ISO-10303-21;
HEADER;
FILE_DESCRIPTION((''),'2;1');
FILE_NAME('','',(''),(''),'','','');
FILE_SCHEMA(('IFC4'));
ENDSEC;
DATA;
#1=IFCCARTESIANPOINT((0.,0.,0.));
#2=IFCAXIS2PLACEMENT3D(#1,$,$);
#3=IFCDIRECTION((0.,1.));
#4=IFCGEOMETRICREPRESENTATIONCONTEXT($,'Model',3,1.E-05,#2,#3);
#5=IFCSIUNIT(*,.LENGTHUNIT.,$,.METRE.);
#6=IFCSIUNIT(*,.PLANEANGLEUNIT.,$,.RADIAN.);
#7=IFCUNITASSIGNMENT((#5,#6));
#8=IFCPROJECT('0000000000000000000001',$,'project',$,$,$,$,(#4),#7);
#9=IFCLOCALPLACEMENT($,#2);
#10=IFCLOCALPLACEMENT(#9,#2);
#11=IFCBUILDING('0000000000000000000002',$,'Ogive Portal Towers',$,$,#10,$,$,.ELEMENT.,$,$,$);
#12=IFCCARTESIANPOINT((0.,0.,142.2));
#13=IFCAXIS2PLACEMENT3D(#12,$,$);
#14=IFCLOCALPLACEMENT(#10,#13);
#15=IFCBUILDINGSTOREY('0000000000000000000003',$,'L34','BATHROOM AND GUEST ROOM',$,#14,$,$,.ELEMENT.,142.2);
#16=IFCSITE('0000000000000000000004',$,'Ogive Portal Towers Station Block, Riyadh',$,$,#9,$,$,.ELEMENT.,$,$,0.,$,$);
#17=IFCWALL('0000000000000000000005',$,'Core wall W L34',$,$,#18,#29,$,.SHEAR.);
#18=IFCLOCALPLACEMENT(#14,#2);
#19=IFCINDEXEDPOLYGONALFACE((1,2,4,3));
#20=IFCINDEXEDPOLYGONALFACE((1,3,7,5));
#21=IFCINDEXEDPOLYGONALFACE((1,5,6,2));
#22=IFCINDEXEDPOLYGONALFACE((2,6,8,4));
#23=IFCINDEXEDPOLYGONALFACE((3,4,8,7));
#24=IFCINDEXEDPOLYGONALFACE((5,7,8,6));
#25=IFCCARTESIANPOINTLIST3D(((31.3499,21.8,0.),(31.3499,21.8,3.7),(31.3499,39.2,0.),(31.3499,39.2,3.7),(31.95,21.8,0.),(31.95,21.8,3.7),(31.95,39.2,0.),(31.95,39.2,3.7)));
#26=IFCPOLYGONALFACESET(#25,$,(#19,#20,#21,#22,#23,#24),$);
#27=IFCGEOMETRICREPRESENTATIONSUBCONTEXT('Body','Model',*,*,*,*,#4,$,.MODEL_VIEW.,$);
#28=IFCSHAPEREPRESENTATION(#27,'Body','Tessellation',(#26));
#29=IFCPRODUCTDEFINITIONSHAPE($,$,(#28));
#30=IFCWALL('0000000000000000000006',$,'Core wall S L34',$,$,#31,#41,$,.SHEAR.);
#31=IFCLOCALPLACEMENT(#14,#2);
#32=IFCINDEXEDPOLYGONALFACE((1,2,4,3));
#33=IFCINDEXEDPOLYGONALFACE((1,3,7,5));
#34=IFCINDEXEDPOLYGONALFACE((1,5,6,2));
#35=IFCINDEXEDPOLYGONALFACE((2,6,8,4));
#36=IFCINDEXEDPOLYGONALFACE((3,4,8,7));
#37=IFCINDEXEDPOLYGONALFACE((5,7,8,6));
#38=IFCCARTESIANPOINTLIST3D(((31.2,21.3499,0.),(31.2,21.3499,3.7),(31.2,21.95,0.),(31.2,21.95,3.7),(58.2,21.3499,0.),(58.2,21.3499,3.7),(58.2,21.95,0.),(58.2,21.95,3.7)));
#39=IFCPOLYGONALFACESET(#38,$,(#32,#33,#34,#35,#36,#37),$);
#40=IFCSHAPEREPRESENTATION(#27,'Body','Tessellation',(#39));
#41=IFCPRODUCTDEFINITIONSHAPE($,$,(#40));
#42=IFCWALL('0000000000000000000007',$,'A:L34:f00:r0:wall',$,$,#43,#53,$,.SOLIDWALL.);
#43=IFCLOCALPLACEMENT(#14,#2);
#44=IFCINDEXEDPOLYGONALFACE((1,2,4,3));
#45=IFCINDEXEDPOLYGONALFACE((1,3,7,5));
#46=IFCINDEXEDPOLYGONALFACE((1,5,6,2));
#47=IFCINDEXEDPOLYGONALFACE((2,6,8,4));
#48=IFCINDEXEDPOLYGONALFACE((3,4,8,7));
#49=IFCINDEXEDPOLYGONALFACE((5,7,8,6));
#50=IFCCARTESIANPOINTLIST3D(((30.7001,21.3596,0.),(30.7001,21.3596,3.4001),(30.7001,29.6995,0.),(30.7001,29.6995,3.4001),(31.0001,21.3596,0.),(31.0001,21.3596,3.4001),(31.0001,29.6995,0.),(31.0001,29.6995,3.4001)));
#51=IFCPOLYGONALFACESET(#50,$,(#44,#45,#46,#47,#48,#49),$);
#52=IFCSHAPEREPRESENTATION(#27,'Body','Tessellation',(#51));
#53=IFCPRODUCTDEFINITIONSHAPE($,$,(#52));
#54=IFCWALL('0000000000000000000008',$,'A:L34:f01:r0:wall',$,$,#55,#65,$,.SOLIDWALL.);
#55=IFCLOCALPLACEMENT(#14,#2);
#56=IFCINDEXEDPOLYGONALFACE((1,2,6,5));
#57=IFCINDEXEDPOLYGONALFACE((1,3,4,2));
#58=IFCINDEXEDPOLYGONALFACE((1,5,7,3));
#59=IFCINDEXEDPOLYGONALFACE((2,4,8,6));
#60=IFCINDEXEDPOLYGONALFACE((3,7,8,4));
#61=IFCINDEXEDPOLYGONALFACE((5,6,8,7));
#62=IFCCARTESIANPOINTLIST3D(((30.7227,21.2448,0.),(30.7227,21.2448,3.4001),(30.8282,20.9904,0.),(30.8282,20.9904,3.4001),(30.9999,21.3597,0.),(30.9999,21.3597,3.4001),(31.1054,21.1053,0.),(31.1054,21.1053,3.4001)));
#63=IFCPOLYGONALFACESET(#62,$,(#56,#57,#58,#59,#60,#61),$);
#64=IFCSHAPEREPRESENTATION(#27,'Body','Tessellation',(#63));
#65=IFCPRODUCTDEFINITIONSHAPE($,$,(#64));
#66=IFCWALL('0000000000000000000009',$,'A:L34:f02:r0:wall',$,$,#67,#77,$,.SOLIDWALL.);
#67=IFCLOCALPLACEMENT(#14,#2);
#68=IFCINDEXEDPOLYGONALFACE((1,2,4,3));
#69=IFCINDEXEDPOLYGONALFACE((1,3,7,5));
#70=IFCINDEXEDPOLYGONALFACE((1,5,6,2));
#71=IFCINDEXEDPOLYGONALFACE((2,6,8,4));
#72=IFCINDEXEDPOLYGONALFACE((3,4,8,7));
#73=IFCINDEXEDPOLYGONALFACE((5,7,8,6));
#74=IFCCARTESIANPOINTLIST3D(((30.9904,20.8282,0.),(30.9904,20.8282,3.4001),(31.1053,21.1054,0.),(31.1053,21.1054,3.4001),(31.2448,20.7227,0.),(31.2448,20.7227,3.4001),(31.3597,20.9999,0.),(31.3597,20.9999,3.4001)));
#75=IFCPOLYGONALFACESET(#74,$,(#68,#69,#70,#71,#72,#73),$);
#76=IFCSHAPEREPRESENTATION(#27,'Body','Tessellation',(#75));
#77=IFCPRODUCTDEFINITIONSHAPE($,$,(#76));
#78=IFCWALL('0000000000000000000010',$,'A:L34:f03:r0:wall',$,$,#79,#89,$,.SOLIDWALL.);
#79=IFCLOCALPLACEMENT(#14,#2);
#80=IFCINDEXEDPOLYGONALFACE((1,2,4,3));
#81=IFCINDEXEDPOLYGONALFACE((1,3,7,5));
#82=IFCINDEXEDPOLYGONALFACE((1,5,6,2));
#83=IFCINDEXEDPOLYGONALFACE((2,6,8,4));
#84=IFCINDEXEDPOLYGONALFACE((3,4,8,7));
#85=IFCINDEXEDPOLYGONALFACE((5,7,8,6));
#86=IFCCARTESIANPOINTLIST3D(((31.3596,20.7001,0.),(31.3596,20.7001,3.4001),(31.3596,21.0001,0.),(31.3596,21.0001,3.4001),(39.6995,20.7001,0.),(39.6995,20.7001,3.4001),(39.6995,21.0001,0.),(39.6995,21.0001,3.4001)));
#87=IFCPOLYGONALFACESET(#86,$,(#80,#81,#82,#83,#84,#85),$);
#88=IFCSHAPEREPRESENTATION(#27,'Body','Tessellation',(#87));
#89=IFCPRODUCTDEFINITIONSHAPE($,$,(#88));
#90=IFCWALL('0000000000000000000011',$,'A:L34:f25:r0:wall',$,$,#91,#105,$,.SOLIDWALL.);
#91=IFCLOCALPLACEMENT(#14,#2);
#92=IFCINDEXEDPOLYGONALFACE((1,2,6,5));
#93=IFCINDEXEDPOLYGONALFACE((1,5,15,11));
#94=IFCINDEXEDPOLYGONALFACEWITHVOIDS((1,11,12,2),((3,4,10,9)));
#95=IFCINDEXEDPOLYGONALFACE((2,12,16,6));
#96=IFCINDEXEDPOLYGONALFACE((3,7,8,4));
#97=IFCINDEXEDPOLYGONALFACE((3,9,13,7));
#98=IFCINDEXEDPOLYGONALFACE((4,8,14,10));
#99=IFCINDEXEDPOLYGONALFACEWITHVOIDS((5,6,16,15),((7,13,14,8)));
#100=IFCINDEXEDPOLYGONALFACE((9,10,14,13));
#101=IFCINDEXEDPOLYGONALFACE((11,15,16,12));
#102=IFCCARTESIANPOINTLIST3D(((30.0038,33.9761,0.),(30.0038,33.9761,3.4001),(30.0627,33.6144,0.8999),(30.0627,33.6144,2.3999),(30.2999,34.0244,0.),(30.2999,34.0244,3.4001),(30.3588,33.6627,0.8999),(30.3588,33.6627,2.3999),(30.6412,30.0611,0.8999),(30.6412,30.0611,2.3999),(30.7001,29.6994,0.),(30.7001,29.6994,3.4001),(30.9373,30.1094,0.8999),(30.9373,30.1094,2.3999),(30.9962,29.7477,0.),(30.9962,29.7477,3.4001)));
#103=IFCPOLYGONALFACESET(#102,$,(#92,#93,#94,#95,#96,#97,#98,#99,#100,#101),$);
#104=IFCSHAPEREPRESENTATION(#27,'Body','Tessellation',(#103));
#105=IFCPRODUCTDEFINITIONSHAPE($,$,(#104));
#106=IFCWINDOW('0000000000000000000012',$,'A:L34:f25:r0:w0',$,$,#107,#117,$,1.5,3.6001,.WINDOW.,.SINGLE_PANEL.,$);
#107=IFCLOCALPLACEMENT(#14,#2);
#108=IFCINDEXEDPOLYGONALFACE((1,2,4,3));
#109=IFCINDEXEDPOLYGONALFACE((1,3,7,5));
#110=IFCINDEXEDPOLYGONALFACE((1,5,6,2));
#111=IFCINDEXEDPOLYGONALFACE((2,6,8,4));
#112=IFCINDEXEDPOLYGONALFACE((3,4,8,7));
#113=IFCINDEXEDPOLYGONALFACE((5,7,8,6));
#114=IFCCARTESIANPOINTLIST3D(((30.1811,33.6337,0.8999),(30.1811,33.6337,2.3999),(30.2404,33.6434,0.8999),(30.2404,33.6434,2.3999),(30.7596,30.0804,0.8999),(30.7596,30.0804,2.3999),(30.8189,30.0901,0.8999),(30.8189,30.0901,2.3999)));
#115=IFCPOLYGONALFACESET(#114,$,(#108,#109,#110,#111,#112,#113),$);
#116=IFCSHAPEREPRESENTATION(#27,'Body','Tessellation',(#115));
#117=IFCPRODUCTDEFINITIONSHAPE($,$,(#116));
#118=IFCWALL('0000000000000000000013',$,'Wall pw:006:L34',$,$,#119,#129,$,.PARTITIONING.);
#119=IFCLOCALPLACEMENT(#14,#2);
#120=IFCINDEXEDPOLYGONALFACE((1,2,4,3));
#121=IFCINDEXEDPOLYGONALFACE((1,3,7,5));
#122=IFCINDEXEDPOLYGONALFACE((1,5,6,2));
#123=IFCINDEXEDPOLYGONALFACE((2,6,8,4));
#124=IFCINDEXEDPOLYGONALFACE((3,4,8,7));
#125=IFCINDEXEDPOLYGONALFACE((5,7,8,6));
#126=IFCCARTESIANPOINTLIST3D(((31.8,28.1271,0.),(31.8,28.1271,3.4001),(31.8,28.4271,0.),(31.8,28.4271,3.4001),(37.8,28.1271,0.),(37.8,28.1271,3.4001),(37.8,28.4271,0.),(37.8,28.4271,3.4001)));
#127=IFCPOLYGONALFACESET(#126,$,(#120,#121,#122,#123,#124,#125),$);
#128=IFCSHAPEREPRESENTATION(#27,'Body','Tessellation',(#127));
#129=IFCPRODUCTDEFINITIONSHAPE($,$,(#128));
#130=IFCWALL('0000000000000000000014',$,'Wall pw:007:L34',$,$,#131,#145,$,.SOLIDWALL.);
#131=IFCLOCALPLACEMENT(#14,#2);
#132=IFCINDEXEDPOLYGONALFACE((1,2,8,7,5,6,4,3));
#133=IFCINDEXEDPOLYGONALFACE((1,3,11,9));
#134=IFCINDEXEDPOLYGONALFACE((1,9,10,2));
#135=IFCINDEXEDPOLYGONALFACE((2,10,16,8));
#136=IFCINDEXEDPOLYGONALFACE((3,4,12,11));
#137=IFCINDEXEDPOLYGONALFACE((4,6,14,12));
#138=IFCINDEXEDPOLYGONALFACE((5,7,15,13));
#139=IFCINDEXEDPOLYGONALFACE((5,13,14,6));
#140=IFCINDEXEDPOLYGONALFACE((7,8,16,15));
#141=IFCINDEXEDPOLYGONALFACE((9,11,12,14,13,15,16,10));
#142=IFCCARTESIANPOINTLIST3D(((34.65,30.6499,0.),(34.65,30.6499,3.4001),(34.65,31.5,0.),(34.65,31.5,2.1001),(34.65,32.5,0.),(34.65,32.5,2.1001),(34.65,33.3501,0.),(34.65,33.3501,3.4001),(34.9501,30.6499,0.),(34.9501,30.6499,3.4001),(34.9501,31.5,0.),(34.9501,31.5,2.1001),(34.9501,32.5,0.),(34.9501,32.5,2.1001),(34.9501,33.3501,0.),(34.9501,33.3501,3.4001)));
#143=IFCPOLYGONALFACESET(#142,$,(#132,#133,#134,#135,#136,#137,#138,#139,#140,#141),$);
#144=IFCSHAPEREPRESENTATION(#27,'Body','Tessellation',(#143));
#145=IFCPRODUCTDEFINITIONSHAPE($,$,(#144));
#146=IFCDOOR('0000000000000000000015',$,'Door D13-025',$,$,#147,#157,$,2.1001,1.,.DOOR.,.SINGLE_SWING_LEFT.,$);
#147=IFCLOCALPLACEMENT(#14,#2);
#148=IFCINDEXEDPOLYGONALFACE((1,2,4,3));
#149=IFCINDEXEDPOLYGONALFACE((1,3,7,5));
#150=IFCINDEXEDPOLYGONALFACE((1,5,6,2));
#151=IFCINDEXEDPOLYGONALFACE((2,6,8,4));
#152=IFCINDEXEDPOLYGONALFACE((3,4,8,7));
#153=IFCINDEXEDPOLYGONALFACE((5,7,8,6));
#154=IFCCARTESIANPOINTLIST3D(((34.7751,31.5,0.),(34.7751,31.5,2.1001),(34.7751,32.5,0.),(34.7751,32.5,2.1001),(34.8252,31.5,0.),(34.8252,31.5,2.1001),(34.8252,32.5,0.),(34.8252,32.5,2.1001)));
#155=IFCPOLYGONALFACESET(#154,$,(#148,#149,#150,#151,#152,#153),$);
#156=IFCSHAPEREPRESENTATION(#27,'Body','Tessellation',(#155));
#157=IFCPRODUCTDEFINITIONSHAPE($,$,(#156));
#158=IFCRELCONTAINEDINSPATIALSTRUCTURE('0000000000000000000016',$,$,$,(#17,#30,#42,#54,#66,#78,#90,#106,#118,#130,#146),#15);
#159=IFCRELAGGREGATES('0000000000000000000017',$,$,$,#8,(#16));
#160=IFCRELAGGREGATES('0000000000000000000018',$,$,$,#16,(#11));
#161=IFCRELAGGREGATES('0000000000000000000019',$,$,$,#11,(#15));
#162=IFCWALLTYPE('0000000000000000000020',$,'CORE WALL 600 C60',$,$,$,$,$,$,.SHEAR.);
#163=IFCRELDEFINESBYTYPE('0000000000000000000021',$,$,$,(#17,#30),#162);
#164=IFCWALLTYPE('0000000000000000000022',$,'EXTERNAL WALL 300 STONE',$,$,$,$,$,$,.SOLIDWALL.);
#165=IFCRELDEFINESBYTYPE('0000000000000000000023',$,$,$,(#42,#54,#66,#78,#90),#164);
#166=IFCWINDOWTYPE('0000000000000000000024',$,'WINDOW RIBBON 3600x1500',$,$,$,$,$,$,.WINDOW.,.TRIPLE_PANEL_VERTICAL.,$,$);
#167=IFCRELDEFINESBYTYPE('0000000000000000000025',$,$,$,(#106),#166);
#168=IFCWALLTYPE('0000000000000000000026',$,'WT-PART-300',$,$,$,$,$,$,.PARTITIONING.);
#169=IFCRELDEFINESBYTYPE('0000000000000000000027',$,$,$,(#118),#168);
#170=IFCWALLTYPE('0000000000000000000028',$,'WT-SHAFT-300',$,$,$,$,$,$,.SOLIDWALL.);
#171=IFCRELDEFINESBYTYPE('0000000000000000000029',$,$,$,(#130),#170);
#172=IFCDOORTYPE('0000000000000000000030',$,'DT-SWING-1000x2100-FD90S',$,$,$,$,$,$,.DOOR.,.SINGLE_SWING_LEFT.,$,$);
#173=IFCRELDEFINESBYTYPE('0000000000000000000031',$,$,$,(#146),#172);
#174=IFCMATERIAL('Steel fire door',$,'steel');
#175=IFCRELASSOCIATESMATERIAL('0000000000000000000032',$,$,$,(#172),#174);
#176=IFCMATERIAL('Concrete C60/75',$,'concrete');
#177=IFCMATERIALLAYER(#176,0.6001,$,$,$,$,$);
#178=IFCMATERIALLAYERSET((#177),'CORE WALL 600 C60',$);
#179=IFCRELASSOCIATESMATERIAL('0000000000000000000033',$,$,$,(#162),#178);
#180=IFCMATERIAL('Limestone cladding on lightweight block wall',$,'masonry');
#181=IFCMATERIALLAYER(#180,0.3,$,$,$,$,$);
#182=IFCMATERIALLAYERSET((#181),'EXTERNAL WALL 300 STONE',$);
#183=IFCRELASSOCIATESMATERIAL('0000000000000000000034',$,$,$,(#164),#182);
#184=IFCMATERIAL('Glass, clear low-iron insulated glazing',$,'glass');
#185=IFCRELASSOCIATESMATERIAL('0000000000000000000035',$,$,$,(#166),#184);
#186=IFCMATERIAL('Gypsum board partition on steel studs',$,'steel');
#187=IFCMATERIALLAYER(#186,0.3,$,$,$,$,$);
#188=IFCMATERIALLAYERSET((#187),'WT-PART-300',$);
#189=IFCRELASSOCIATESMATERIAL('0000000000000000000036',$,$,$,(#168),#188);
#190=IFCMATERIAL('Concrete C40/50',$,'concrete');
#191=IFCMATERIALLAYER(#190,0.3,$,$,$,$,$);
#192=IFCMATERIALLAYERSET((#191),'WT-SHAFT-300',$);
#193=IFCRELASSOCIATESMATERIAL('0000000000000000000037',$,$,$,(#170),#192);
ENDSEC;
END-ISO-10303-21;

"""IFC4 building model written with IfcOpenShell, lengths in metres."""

from ifc_helpers import new_model, si_unit, direction, frame, frame_2d, origin, place, context, subcontext, project, spatial, rectangle, extrude, material, layer, layer_set, type_object, element, fill, save


model = new_model("IFC4")

# Units and contexts
model_context = context("Model", 3, precision=1e-05, world=origin(), true_north=direction((0.0, 1.0)))
body_context = subcontext(model_context, "Body", "Model", "MODEL_VIEW")
ifc_project = project(units=[si_unit("LENGTHUNIT", "METRE"), si_unit("PLANEANGLEUNIT", "RADIAN")], contexts=[model_context])

# Site, building, storey
site_placement = place(None, origin())
site = spatial("IfcSite", under=ifc_project, at=site_placement, Name="Ogive Portal Towers Station Block, Riyadh", CompositionType="ELEMENT", RefElevation=0.0)
building_placement = place(site_placement, origin())
building = spatial("IfcBuilding", under=site, at=building_placement, Name="Ogive Portal Towers", CompositionType="ELEMENT")
storey_placement = place(building_placement, frame((0.0, 0.0, 142.2)))
storey = spatial("IfcBuildingStorey", under=building, at=storey_placement, Name="L34", Description="BATHROOM AND GUEST ROOM", CompositionType="ELEMENT", Elevation=142.2)

# Shared definitions
ifc_material_1 = material(Name="Concrete C40/50", Category="concrete")

# Shared definitions
ifc_material_2 = material(Name="Concrete C60/75", Category="concrete")
ifc_material_3 = material(Name="Steel fire door", Category="steel")
door_type_1 = type_object("IfcDoorType", Name="DT-SWING-1000x2100-FD90S", OperationType="SINGLE_SWING_LEFT", PredefinedType="DOOR", material=ifc_material_3)

# Walls
ifc_layer_1 = layer(ifc_material_2, 0.6001)
ifc_layer_set_1 = layer_set([ifc_layer_1], Name="CORE WALL 600 C60")
wall_type_1 = type_object("IfcWallType", Name="CORE WALL 600 C60", PredefinedType="SHEAR", material=ifc_layer_set_1)
wall_1_placement = place(storey_placement, frame((31.6499, 21.8, 0.0), z_axis=(0.0, 0.0, 1.0), x_axis=(0.0, 1.0, 0.0)))
element("IfcWall", 1, at=wall_1_placement, inside=storey, type_object=wall_type_1, Name="Core wall W L34", PredefinedType="SHEAR", context=body_context, shape_type="SweptSolid", body=[
    extrude(rectangle(XDim=17.3999, YDim=0.6001, at=frame_2d((8.7, 0.0))), origin(), (0.0, 0.0, 1.0), 3.7),
])
wall_2_placement = place(storey_placement, frame((31.2, 21.6499, 0.0), z_axis=(0.0, 0.0, 1.0), x_axis=(1.0, 0.0, 0.0)))
element("IfcWall", 2, at=wall_2_placement, inside=storey, type_object=wall_type_1, Name="Core wall S L34", PredefinedType="SHEAR", context=body_context, shape_type="SweptSolid", body=[
    extrude(rectangle(XDim=27.0, YDim=0.6001, at=frame_2d((13.5, 0.0))), origin(), (0.0, 0.0, 1.0), 3.7),
])
ifc_material_4 = material(Name="Limestone cladding on lightweight block wall", Category="masonry")
ifc_layer_2 = layer(ifc_material_4, 0.3)
ifc_layer_set_2 = layer_set([ifc_layer_2], Name="EXTERNAL WALL 300 STONE")
wall_type_2 = type_object("IfcWallType", Name="EXTERNAL WALL 300 STONE", PredefinedType="SOLIDWALL", material=ifc_layer_set_2)
wall_3_placement = place(storey_placement, frame((30.8501, 29.6995, 0.0), z_axis=(0.0, 0.0, 1.0), x_axis=(0.0, -1.0, 0.0)))
element("IfcWall", 3, at=wall_3_placement, inside=storey, type_object=wall_type_2, Name="A:L34:f00:r0:wall", PredefinedType="SOLIDWALL", context=body_context, shape_type="SweptSolid", body=[
    extrude(rectangle(XDim=8.3398, YDim=0.3, at=frame_2d((4.1699, 0.0))), origin(), (0.0, 0.0, 1.0), 3.4001),
])
for number, where, z_axis, x_axis, name in (
    (4, (30.8613, 21.3022, 0.0), (0.0, 0.0, 1.0), (0.382978, -0.923757, 0.0), "A:L34:f01:r0:wall"),
    (5, (31.0479, 20.9668, 0.0), (0.0, 0.0, 1.0), (0.923757, -0.382978, 0.0), "A:L34:f02:r0:wall"),
):
    element("IfcWall", number, at=place(storey_placement, frame(where, z_axis=z_axis, x_axis=x_axis)), inside=storey, type_object=wall_type_2, Name=name, PredefinedType="SOLIDWALL", context=body_context, shape_type="SweptSolid", body=[
        extrude(rectangle(XDim=0.2754, YDim=0.3, at=frame_2d((0.1377, 0.0))), origin(), (0.0, 0.0, 1.0), 3.4001),
    ])
wall_4_placement = place(storey_placement, frame((31.3596, 20.8501, 0.0), z_axis=(0.0, 0.0, 1.0), x_axis=(1.0, 0.0, 0.0)))
element("IfcWall", 6, at=wall_4_placement, inside=storey, type_object=wall_type_2, Name="A:L34:f03:r0:wall", PredefinedType="SOLIDWALL", context=body_context, shape_type="SweptSolid", body=[
    extrude(rectangle(XDim=8.3398, YDim=0.3, at=frame_2d((4.1699, 0.0))), origin(), (0.0, 0.0, 1.0), 3.4001),
])

# Wall, opening, window
wall_5_placement = place(storey_placement, frame((30.1519, 34.0002, 0.0), z_axis=(0.0, 0.0, 1.0), x_axis=(0.160697, -0.987004, 0.0)))
wall_5 = element("IfcWall", 7, at=wall_5_placement, inside=storey, type_object=wall_type_2, Name="A:L34:f25:r0:wall", PredefinedType="SOLIDWALL", context=body_context, shape_type="SweptSolid", body=[
    extrude(rectangle(XDim=4.333, YDim=0.3, at=frame_2d((2.1665, 0.0))), origin(), (0.0, 0.0, 1.0), 3.4001),
])
opening_1_placement = place(wall_5_placement, frame((0.3665, 0.0, 0.8999)))
opening_1 = element("IfcOpeningElement", 8, at=opening_1_placement, cuts=wall_5, PredefinedType="OPENING", context=body_context, shape_type="SweptSolid", body=[
    extrude(rectangle(XDim=3.6001, YDim=1.5, at=frame_2d((1.8, 0.75))), frame((0.0, 0.1602, 0.0), z_axis=(0.0, -1.0, 0.0), x_axis=(1.0, 0.0, 0.0)), (0.0, 0.0, 1.0), 0.3201),
])
ifc_material_5 = material(Name="Glass, clear low-iron insulated glazing", Category="glass")
window_type = type_object("IfcWindowType", Name="WINDOW RIBBON 3600x1500", PartitioningType="TRIPLE_PANEL_VERTICAL", PredefinedType="WINDOW", material=ifc_material_5)
window_placement = place(opening_1_placement, origin())
window = element("IfcWindow", 9, at=window_placement, inside=storey, type_object=window_type, Name="A:L34:f25:r0:w0", OverallHeight=1.5, OverallWidth=3.6001, PartitioningType="SINGLE_PANEL", PredefinedType="WINDOW", context=body_context, shape_type="SweptSolid", body=[
    extrude(rectangle(XDim=3.6001, YDim=1.5, at=frame_2d((1.8, 0.75))), frame((0.0, 0.03, 0.0), z_axis=(0.0, -1.0, 0.0), x_axis=(1.0, 0.0, 0.0)), (0.0, 0.0, 1.0), 0.0601),
])
fill(opening_1, window)

# Wall
ifc_material_6 = material(Name="Gypsum board partition on steel studs", Category="steel")
ifc_layer_3 = layer(ifc_material_6, 0.3)
ifc_layer_set_3 = layer_set([ifc_layer_3], Name="WT-PART-300")
wall_type_3 = type_object("IfcWallType", Name="WT-PART-300", PredefinedType="PARTITIONING", material=ifc_layer_set_3)
wall_6_placement = place(storey_placement, frame((31.8, 28.2771, 0.0), z_axis=(0.0, 0.0, 1.0), x_axis=(1.0, 0.0, 0.0)))
element("IfcWall", 10, at=wall_6_placement, inside=storey, type_object=wall_type_3, Name="Wall pw:006:L34", PredefinedType="PARTITIONING", context=body_context, shape_type="SweptSolid", body=[
    extrude(rectangle(XDim=6.0, YDim=0.3, at=frame_2d((3.0, 0.0))), origin(), (0.0, 0.0, 1.0), 3.4001),
])

# Wall, opening, door
ifc_layer_4 = layer(ifc_material_1, 0.3)
ifc_layer_set_4 = layer_set([ifc_layer_4], Name="WT-SHAFT-300")
wall_type_4 = type_object("IfcWallType", Name="WT-SHAFT-300", PredefinedType="SOLIDWALL", material=ifc_layer_set_4)
wall_7_placement = place(storey_placement, frame((34.8, 30.6499, 0.0), z_axis=(0.0, 0.0, 1.0), x_axis=(0.0, 1.0, 0.0)))
wall_7 = element("IfcWall", 11, at=wall_7_placement, inside=storey, type_object=wall_type_4, Name="Wall pw:007:L34", PredefinedType="SOLIDWALL", context=body_context, shape_type="SweptSolid", body=[
    extrude(rectangle(XDim=2.7002, YDim=0.3, at=frame_2d((1.3501, 0.0))), origin(), (0.0, 0.0, 1.0), 3.4001),
])
opening_2_placement = place(wall_7_placement, frame((0.8501, 0.0, 0.0)))
opening_2 = element("IfcOpeningElement", 12, at=opening_2_placement, cuts=wall_7, PredefinedType="OPENING", context=body_context, shape_type="SweptSolid", body=[
    extrude(rectangle(XDim=1.0, YDim=2.1001, at=frame_2d((0.5, 1.05))), frame((0.0, 0.1602, 0.0), z_axis=(0.0, -1.0, 0.0), x_axis=(1.0, 0.0, 0.0)), (0.0, 0.0, 1.0), 0.3201),
])
door_1_placement = place(opening_2_placement, origin())
door_1 = element("IfcDoor", 13, at=door_1_placement, inside=storey, type_object=door_type_1, Name="Door D13-025", OperationType="SINGLE_SWING_LEFT", OverallHeight=2.1001, OverallWidth=1.0, PredefinedType="DOOR", context=body_context, shape_type="SweptSolid", body=[
    extrude(rectangle(XDim=1.0, YDim=2.1001, at=frame_2d((0.5, 1.05))), frame((0.0, 0.0249, 0.0), z_axis=(0.0, -1.0, 0.0), x_axis=(1.0, 0.0, 0.0)), (0.0, 0.0, 1.0), 0.05),
])
fill(opening_2, door_1)

save(model, "model.ifc")
